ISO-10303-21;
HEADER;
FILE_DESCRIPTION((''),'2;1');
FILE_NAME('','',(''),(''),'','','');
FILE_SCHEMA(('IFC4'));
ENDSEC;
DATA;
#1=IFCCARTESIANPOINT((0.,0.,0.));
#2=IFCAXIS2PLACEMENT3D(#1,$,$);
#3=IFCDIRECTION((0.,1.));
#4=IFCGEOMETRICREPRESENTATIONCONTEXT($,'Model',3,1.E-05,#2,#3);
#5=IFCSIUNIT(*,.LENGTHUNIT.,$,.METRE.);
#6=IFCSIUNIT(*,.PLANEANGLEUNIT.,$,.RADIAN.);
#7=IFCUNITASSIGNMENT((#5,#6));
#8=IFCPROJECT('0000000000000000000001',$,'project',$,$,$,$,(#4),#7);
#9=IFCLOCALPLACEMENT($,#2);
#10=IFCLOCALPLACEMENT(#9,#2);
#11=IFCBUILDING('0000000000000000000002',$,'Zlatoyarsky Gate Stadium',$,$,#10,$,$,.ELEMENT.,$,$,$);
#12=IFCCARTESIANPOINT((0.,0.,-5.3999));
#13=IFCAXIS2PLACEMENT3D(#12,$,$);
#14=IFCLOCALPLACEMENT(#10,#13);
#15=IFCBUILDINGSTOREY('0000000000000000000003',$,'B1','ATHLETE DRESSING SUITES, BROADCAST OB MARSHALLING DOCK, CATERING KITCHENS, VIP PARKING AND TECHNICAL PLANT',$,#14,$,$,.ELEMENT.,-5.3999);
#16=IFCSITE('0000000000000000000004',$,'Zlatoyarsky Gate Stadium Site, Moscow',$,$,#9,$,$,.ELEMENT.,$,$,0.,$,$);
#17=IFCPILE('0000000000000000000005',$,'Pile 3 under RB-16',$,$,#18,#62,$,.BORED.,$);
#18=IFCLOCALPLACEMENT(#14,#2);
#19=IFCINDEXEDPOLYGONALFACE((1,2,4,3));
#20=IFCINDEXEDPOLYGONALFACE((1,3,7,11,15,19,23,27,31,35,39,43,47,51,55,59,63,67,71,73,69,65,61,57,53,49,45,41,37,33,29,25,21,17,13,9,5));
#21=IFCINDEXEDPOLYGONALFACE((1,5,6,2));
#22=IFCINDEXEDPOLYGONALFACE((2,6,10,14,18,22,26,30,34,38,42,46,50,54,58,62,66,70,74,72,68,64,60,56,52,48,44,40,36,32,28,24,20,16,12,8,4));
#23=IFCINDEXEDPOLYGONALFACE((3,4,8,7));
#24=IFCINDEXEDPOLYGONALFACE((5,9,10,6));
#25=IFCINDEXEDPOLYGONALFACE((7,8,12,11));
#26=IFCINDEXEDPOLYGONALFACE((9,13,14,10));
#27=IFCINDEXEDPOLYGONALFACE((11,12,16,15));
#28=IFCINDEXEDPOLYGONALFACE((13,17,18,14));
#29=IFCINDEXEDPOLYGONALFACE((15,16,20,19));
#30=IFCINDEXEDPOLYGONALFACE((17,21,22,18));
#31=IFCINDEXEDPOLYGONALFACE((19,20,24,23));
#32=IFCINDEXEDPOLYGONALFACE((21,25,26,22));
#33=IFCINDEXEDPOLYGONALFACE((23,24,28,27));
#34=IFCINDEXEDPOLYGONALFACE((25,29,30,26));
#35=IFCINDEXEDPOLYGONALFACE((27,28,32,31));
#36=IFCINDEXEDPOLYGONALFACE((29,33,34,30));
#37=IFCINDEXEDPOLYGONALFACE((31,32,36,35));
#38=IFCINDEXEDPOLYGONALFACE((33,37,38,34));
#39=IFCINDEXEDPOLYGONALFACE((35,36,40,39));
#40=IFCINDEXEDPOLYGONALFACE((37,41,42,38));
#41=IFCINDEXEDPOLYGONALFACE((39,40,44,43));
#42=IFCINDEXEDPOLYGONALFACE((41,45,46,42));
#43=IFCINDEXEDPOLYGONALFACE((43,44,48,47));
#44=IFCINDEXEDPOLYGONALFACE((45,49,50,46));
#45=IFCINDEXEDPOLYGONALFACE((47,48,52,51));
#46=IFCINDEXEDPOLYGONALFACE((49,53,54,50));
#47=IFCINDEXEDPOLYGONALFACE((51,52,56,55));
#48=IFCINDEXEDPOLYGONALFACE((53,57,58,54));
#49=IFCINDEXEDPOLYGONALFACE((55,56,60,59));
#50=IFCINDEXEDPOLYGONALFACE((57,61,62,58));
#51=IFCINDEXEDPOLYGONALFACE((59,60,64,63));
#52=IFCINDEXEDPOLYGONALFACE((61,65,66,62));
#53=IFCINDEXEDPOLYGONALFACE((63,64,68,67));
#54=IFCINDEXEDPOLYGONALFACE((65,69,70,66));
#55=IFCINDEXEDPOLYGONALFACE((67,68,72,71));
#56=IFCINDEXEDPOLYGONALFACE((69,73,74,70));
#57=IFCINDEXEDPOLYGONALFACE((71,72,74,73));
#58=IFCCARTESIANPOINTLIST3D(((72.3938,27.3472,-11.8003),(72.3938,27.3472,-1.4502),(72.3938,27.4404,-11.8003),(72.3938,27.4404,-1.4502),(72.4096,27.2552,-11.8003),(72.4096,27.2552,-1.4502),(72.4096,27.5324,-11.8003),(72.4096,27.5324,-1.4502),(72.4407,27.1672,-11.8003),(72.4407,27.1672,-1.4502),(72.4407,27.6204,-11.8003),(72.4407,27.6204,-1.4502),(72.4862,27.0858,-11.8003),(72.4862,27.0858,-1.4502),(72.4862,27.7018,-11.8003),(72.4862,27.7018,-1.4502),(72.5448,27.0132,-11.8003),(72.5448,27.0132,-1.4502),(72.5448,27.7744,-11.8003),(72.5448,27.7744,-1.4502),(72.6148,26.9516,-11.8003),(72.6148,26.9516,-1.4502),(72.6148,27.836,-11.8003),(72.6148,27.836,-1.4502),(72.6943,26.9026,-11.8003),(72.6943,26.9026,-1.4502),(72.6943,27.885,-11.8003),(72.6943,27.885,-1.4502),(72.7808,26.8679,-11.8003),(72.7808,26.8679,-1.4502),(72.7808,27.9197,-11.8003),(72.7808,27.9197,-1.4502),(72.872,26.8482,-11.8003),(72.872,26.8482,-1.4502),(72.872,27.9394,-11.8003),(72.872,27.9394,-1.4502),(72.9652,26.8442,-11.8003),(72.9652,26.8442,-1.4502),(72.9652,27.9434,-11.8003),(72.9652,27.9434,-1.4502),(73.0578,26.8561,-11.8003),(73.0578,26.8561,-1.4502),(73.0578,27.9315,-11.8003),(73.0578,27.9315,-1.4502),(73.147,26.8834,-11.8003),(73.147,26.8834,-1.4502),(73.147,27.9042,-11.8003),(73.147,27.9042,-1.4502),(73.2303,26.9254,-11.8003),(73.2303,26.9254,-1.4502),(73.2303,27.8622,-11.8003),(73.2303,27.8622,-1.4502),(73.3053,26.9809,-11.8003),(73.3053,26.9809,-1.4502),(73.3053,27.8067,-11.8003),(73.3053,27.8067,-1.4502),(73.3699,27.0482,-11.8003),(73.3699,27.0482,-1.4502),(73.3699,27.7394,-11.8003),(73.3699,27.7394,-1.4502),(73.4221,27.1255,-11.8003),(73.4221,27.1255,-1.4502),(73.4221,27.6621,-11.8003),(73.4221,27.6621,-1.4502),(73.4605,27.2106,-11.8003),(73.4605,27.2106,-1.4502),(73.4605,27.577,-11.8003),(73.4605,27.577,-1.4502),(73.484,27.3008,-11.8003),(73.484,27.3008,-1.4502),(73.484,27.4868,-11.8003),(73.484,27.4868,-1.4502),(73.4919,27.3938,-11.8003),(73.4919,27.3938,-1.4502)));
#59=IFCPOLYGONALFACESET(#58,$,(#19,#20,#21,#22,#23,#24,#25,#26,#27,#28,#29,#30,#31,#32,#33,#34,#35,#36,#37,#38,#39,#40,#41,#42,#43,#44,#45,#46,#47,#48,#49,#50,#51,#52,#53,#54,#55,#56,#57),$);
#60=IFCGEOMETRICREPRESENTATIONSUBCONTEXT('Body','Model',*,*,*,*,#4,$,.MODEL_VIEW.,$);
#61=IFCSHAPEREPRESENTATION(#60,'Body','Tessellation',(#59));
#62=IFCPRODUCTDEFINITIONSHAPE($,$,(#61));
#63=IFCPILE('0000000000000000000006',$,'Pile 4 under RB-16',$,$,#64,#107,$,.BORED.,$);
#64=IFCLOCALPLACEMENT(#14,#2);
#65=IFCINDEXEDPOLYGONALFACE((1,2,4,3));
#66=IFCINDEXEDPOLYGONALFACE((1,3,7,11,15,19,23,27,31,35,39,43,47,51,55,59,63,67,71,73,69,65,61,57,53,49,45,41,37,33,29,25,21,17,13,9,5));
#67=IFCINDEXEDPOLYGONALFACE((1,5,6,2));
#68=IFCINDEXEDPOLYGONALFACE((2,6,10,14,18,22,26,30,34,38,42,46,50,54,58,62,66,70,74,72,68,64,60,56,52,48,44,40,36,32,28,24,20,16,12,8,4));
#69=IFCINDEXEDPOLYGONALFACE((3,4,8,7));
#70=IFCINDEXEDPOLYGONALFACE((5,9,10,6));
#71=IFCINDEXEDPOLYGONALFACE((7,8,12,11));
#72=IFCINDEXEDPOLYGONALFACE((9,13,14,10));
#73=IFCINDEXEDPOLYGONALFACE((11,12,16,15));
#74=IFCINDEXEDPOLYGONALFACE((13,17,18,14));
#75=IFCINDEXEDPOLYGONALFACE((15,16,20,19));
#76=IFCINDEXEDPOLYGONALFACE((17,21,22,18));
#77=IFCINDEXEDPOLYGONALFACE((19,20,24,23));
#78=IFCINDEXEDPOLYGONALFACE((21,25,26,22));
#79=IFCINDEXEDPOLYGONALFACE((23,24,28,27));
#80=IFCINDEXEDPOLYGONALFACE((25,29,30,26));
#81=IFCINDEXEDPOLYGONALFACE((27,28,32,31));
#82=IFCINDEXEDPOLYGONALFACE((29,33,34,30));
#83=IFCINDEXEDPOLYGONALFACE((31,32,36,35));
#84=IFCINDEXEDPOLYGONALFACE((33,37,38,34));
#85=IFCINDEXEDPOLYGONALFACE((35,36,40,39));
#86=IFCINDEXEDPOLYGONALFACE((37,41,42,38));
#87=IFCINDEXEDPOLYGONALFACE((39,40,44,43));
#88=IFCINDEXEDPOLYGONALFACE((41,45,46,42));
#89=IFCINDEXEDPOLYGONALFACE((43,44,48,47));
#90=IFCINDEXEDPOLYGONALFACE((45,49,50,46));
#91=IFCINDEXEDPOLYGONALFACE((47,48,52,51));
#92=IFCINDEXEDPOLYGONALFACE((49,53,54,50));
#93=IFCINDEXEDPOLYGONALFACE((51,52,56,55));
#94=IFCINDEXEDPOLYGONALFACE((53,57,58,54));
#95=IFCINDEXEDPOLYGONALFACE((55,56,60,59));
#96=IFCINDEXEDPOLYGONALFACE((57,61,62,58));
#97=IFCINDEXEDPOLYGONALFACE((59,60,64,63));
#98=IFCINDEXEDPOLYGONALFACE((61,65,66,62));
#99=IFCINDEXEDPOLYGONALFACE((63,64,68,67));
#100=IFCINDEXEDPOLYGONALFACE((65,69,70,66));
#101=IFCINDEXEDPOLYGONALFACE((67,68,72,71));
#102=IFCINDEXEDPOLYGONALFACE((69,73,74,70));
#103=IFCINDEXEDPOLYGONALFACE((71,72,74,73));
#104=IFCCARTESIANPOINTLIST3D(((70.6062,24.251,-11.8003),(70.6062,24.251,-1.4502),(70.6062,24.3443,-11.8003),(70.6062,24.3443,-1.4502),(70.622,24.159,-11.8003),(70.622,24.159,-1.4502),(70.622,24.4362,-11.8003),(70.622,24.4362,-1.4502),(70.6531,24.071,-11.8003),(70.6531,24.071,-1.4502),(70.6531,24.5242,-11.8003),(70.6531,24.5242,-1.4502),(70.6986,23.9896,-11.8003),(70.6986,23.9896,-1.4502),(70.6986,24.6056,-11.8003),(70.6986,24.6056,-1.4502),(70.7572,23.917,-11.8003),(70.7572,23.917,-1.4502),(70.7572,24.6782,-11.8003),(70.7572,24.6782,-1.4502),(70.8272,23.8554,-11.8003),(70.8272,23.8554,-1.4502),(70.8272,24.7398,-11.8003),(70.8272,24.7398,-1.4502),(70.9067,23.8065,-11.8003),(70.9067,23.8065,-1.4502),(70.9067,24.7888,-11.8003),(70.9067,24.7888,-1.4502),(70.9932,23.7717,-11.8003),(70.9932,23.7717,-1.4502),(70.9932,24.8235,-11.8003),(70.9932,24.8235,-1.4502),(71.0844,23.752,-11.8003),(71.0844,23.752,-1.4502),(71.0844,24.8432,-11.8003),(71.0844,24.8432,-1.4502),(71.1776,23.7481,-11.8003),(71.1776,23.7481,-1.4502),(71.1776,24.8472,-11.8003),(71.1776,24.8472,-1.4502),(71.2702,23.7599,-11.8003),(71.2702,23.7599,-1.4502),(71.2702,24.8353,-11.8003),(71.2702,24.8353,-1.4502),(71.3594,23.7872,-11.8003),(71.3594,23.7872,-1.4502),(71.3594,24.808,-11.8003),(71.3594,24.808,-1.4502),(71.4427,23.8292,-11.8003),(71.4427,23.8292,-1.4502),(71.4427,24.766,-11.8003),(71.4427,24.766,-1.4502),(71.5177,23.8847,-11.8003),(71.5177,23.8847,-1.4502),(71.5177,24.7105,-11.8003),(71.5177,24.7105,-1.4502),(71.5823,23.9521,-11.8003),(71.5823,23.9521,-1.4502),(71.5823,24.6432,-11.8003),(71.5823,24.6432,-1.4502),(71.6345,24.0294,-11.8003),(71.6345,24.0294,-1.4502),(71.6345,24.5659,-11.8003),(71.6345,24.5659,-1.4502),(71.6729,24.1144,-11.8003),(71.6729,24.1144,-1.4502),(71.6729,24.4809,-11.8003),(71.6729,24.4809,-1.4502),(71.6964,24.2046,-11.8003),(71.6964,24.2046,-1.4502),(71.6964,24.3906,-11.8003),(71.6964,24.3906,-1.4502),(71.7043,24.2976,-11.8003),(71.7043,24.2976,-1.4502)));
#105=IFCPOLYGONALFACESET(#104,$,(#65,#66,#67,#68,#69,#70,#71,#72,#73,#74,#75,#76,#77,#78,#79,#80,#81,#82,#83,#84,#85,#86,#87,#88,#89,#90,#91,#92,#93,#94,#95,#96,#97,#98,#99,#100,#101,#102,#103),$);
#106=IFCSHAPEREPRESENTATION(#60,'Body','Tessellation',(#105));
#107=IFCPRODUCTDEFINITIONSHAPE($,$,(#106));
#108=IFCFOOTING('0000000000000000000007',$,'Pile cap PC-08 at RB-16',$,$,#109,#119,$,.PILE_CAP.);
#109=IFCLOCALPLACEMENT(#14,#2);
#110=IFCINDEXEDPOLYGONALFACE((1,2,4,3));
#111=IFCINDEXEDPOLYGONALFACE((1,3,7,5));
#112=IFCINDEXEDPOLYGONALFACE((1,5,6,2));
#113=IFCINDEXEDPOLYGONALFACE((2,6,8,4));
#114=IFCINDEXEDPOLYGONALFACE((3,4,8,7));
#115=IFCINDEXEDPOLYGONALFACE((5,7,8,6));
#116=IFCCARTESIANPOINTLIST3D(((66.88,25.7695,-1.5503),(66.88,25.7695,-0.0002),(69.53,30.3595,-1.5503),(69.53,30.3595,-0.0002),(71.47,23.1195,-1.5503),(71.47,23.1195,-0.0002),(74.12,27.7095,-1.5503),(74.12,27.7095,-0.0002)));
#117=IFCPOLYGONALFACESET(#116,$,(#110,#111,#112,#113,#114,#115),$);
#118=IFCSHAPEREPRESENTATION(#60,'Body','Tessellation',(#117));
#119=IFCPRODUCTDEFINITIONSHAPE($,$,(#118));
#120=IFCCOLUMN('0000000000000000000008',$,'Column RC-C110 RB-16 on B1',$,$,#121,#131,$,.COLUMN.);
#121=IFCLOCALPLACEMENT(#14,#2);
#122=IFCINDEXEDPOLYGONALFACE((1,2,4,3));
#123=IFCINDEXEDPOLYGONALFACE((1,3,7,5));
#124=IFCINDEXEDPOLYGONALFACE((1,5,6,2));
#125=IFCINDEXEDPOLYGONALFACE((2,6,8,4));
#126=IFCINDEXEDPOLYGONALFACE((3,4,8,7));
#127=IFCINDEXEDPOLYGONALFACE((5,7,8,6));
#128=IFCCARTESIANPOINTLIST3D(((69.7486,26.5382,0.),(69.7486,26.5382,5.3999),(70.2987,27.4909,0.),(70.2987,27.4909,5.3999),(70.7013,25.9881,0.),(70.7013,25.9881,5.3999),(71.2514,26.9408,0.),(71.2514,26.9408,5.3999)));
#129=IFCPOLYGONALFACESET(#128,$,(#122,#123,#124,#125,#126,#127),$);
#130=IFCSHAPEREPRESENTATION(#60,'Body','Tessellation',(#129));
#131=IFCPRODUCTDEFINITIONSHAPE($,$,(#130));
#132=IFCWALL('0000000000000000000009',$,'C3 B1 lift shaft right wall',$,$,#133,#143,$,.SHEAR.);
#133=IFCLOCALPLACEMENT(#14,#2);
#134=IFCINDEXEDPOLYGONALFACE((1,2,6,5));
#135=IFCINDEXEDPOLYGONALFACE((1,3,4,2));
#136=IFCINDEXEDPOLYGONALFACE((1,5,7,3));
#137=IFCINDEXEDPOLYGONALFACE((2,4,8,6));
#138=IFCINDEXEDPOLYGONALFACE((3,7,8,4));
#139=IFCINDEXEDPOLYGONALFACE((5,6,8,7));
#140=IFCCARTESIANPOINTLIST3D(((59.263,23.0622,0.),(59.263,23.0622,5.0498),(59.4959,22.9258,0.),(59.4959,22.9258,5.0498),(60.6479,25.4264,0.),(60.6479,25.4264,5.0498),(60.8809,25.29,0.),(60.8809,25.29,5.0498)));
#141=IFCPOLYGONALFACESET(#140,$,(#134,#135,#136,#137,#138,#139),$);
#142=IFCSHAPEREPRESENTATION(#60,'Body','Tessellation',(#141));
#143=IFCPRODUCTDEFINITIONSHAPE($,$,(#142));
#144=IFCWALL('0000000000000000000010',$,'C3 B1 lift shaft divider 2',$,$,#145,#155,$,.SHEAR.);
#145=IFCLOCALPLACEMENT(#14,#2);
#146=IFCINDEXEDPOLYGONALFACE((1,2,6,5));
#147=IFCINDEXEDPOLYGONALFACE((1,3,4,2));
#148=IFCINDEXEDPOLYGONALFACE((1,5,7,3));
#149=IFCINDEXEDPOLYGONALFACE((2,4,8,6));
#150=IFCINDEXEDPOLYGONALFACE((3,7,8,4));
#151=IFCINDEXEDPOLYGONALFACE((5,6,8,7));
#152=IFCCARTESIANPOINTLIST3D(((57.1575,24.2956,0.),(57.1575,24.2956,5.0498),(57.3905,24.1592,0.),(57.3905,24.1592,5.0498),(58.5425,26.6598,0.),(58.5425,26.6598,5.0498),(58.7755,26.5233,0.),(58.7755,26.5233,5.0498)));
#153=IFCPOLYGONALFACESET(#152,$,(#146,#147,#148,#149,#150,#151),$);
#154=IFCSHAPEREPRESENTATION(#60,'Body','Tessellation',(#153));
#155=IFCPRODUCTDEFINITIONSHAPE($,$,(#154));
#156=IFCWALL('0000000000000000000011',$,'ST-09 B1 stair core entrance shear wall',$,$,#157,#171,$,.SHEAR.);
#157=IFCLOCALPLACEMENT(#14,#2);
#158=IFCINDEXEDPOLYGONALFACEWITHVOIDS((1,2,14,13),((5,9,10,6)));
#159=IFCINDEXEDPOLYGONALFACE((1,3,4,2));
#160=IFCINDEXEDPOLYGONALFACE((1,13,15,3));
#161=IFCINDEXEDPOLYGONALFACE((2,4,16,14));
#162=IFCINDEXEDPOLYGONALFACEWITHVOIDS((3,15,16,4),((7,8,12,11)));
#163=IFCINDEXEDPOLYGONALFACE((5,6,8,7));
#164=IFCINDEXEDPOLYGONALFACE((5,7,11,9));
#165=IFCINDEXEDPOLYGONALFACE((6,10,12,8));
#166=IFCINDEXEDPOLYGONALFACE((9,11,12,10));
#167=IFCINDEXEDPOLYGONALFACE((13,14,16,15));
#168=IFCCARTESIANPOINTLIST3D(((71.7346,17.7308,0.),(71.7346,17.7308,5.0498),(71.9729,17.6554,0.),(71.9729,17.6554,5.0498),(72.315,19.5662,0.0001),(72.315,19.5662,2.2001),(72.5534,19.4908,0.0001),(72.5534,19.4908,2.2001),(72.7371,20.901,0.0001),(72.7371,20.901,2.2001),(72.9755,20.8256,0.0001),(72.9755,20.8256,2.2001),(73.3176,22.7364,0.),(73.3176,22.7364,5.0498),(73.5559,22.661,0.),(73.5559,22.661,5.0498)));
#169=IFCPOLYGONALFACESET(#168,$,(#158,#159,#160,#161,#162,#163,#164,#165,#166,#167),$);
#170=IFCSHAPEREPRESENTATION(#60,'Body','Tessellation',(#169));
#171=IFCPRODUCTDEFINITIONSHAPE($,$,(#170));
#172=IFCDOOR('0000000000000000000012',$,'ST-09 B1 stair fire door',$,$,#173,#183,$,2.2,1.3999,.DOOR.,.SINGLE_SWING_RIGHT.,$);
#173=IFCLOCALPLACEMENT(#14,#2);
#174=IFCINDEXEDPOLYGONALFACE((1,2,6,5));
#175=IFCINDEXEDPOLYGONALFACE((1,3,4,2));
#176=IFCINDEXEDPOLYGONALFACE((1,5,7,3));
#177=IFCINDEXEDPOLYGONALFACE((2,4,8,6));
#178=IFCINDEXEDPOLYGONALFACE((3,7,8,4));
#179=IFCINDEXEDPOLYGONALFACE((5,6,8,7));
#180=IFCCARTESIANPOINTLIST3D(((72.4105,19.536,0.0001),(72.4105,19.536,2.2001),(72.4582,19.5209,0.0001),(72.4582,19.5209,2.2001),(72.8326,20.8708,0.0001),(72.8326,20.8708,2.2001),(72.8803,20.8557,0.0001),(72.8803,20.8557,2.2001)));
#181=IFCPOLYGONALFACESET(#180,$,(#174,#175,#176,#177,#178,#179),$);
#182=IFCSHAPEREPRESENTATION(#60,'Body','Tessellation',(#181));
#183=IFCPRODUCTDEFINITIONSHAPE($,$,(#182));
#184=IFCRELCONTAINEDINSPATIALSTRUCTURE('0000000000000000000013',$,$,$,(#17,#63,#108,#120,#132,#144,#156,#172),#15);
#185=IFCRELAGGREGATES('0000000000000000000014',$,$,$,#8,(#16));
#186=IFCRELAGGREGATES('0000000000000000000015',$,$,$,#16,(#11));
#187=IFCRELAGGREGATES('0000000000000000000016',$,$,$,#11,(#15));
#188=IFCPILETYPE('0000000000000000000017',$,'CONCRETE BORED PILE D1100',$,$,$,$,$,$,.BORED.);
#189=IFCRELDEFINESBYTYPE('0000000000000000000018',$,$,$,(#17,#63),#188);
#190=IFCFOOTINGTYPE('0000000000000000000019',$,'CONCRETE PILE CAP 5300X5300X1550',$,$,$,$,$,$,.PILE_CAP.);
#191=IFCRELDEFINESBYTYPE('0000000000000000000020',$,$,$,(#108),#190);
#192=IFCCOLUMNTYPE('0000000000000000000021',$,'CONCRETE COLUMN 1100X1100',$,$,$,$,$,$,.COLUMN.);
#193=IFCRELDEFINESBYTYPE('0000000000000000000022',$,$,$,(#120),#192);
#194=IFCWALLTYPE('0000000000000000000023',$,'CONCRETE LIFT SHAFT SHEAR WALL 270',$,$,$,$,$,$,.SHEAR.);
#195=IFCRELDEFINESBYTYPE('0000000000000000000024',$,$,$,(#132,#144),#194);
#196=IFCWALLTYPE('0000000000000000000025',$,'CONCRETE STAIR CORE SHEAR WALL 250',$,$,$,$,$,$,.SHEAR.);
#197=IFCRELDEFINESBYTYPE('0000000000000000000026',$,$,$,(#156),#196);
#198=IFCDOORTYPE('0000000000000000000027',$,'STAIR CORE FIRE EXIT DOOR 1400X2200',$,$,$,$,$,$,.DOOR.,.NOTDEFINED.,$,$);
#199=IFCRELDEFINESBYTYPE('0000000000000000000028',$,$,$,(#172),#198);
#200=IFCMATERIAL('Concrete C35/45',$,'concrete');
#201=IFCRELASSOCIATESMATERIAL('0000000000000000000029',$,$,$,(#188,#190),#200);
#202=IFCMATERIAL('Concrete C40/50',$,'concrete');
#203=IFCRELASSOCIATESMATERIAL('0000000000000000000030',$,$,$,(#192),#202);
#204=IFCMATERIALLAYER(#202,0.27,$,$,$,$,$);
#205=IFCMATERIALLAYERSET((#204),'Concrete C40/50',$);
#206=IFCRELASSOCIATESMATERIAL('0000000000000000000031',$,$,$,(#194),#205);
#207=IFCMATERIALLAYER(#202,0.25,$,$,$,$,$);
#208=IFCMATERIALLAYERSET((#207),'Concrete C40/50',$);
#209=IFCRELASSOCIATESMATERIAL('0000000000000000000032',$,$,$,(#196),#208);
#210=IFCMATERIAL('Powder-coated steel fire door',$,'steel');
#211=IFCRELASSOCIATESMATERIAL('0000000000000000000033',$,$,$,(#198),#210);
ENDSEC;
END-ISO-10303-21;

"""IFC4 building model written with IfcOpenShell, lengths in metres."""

from ifc_helpers import new_model, si_unit, direction, frame, frame_2d, origin, origin_2d, place, context, subcontext, project, spatial, rectangle, circle, extrude, material, layer, layer_set, material_profile, profile_set, type_object, element, fill, save


model = new_model("IFC4")

# Units and contexts
model_context = context("Model", 3, precision=1e-05, world=origin(), true_north=direction((0.0, 1.0)))
body_context = subcontext(model_context, "Body", "Model", "MODEL_VIEW")
ifc_project = project(units=[si_unit("LENGTHUNIT", "METRE"), si_unit("PLANEANGLEUNIT", "RADIAN")], contexts=[model_context])

# Site, building, storey
site_placement = place(None, origin())
site = spatial("IfcSite", under=ifc_project, at=site_placement, Name="Zlatoyarsky Gate Stadium Site, Moscow", CompositionType="ELEMENT", RefElevation=0.0)
building_placement = place(site_placement, origin())
building = spatial("IfcBuilding", under=site, at=building_placement, Name="Zlatoyarsky Gate Stadium", CompositionType="ELEMENT")
storey_placement = place(building_placement, frame((0.0, 0.0, -5.3999)))
storey = spatial("IfcBuildingStorey", under=building, at=storey_placement, Name="B1", Description="ATHLETE DRESSING SUITES, BROADCAST OB MARSHALLING DOCK, CATERING KITCHENS, VIP PARKING AND TECHNICAL PLANT", CompositionType="ELEMENT", Elevation=-5.3999)

# Piles
ifc_material_1 = material(Name="Concrete C35/45", Category="concrete")
ifc_material_profile_1 = material_profile(ifc_material_1, circle(Radius=0.55, at=origin_2d()), Name="BORED PILE D1100")
ifc_profile_set_1 = profile_set([ifc_material_profile_1], Name="Concrete C35/45")
pile_type_1 = type_object("IfcPileType", Name="CONCRETE BORED PILE D1100", PredefinedType="BORED", material=ifc_profile_set_1)
for number, where, z_axis, x_axis, name in (
    (1, (72.9419, 27.3938, -1.4502), (0.0, 0.0, -1.0), (1.0, 0.0, 0.0), "Pile 3 under RB-16"),
    (2, (71.1543, 24.2976, -1.4502), (0.0, 0.0, -1.0), (1.0, 0.0, 0.0), "Pile 4 under RB-16"),
):
    element("IfcPile", number, at=place(storey_placement, frame(where, z_axis=z_axis, x_axis=x_axis)), inside=storey, type_object=pile_type_1, Name=name, PredefinedType="BORED", context=body_context, shape_type="SweptSolid", body=[
        extrude(circle(Radius=0.55, at=origin_2d()), origin(), (0.0, 0.0, 1.0), 10.3501),
    ])

# Footing
footing_type = type_object("IfcFootingType", Name="CONCRETE PILE CAP 5300X5300X1550", PredefinedType="PILE_CAP", material=ifc_material_1)
footing_placement = place(storey_placement, frame((70.5, 26.7395, -1.5503), z_axis=(0.0, 0.0, 1.0), x_axis=(-0.5, -0.866025, 0.0)))
element("IfcFooting", 3, at=footing_placement, inside=storey, type_object=footing_type, Name="Pile cap PC-08 at RB-16", PredefinedType="PILE_CAP", context=body_context, shape_type="SweptSolid", body=[
    extrude(rectangle(XDim=5.3, YDim=5.3, at=origin_2d()), origin(), (0.0, 0.0, 1.0), 1.55),
])

# Column
ifc_material_2 = material(Name="Concrete C40/50", Category="concrete")
ifc_material_profile_2 = material_profile(ifc_material_2, rectangle(XDim=1.1001, YDim=1.1001, at=origin_2d()), Name="RC COL 1100X1100")
ifc_profile_set_2 = profile_set([ifc_material_profile_2], Name="Concrete C40/50")
column_type = type_object("IfcColumnType", Name="CONCRETE COLUMN 1100X1100", PredefinedType="COLUMN", material=ifc_profile_set_2)
column_placement = place(storey_placement, frame((70.5, 26.7395, 0.0), z_axis=(0.0, 0.0, 1.0), x_axis=(-0.5, -0.866025, 0.0)))
element("IfcColumn", 4, at=column_placement, inside=storey, type_object=column_type, Name="Column RC-C110 RB-16 on B1", PredefinedType="COLUMN", context=body_context, shape_type="SweptSolid", body=[
    extrude(rectangle(XDim=1.1001, YDim=1.1001, at=origin_2d()), origin(), (0.0, 0.0, 1.0), 5.3999),
])

# Walls
ifc_layer_1 = layer(ifc_material_2, 0.27)
ifc_layer_set_1 = layer_set([ifc_layer_1], Name="Concrete C40/50")
wall_type_1 = type_object("IfcWallType", Name="CONCRETE LIFT SHAFT SHEAR WALL 270", PredefinedType="SHEAR", material=ifc_layer_set_1)
for number, where, z_axis, x_axis, name in (
    (5, (59.3794, 22.9939, 0.0), (0.0, 0.0, 1.0), (0.505466, 0.862847, 0.0), "C3 B1 lift shaft right wall"),
    (6, (57.2739, 24.2273, 0.0), (0.0, 0.0, 1.0), (0.505466, 0.862847, 0.0), "C3 B1 lift shaft divider 2"),
):
    element("IfcWall", number, at=place(storey_placement, frame(where, z_axis=z_axis, x_axis=x_axis)), inside=storey, type_object=wall_type_1, Name=name, PredefinedType="SHEAR", context=body_context, shape_type="SweptSolid", body=[
        extrude(rectangle(XDim=2.74, YDim=0.27, at=frame_2d((1.3701, 0.0))), origin(), (0.0, 0.0, 1.0), 5.0498),
    ])

# Wall, opening, door
ifc_layer_2 = layer(ifc_material_2, 0.25)
ifc_layer_set_2 = layer_set([ifc_layer_2], Name="Concrete C40/50")
wall_type_2 = type_object("IfcWallType", Name="CONCRETE STAIR CORE SHEAR WALL 250", PredefinedType="SHEAR", material=ifc_layer_set_2)
wall_1_placement = place(storey_placement, frame((73.4368, 22.6987, 0.0), z_axis=(0.0, 0.0, 1.0), x_axis=(-0.301527, -0.953457, 0.0)))
wall_1 = element("IfcWall", 7, at=wall_1_placement, inside=storey, type_object=wall_type_2, Name="ST-09 B1 stair core entrance shear wall", PredefinedType="SHEAR", context=body_context, shape_type="SweptSolid", body=[
    extrude(rectangle(XDim=5.25, YDim=0.25, at=frame_2d((2.625, 0.0))), origin(), (0.0, 0.0, 1.0), 5.0498),
])
opening_1_placement = place(wall_1_placement, frame((1.925, 0.0, 0.0)))
opening_1 = element("IfcOpeningElement", 8, at=opening_1_placement, cuts=wall_1, PredefinedType="OPENING", context=body_context, shape_type="SweptSolid", body=[
    extrude(rectangle(XDim=1.3999, YDim=2.2, at=frame_2d((0.7, 1.1001))), frame((0.0, 0.135, 0.0), z_axis=(0.0, -1.0, 0.0), x_axis=(1.0, 0.0, 0.0)), (0.0, 0.0, 1.0), 0.27),
])
ifc_material_3 = material(Name="Powder-coated steel fire door", Category="steel")
door_type_1 = type_object("IfcDoorType", Name="STAIR CORE FIRE EXIT DOOR 1400X2200", OperationType="NOTDEFINED", PredefinedType="DOOR", material=ifc_material_3)
door_1_placement = place(opening_1_placement, frame((1.3999, 0.0, 0.0), z_axis=(0.0, 0.0, 1.0), x_axis=(-1.0, 0.0, 0.0)))
door_1 = element("IfcDoor", 9, at=door_1_placement, inside=storey, type_object=door_type_1, Name="ST-09 B1 stair fire door", OperationType="SINGLE_SWING_RIGHT", OverallHeight=2.2, OverallWidth=1.3999, PredefinedType="DOOR", context=body_context, shape_type="SweptSolid", body=[
    extrude(rectangle(XDim=1.3999, YDim=2.2, at=frame_2d((0.7, 1.1001))), frame((0.0, 0.0249, 0.0), z_axis=(0.0, -1.0, 0.0), x_axis=(1.0, 0.0, 0.0)), (0.0, 0.0, 1.0), 0.05),
])
fill(opening_1, door_1)

save(model, "model.ifc")
